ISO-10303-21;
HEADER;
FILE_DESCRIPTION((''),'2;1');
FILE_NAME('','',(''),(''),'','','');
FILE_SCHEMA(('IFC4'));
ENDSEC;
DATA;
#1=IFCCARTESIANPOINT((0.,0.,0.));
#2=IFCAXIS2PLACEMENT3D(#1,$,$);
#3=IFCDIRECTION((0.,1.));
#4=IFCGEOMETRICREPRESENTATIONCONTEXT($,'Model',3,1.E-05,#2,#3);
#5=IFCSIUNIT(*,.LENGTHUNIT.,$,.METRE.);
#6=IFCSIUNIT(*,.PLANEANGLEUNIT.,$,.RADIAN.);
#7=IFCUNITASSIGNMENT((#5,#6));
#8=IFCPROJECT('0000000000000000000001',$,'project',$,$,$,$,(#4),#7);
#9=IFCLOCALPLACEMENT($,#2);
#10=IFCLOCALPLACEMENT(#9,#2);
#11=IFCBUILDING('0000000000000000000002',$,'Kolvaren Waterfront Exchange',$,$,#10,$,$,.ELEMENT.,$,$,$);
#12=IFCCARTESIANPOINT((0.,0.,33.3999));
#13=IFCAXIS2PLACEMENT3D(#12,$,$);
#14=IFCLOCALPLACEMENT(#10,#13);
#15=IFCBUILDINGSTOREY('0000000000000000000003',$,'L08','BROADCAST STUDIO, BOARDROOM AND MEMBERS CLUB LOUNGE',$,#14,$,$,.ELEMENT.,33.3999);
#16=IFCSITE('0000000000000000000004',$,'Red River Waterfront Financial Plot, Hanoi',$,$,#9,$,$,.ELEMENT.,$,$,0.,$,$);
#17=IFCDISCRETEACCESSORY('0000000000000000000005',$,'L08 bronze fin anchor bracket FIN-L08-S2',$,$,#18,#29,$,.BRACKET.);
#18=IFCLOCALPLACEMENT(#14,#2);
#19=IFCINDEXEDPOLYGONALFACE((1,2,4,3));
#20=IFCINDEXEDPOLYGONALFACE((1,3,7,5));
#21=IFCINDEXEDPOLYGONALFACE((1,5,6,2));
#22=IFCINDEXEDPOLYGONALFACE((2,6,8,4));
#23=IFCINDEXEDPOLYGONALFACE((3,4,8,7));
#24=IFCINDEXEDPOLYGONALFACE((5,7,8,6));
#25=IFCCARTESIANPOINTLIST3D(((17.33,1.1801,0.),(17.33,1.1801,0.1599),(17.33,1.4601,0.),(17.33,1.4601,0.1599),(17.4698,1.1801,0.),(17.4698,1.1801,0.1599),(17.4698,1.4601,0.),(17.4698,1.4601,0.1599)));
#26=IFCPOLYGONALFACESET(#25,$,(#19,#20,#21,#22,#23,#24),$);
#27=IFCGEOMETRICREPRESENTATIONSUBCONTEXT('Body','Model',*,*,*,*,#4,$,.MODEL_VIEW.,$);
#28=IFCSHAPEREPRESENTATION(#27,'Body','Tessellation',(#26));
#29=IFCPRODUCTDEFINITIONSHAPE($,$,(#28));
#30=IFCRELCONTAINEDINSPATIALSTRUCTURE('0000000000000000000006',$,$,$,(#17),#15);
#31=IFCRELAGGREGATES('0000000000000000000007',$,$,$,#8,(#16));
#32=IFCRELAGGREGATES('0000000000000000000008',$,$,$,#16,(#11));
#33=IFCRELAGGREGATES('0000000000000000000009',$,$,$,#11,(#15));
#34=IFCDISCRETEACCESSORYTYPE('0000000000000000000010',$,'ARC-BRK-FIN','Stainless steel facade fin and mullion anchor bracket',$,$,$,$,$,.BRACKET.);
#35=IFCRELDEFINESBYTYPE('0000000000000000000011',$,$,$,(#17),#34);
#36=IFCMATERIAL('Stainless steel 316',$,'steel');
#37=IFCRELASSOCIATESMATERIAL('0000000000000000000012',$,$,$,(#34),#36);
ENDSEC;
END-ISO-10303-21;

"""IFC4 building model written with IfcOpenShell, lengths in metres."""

from ifc_helpers import new_model, si_unit, direction, frame, origin, origin_with_axes, origin_2d, place, context, subcontext, project, spatial, rectangle, extrude, source, transform, mapped, material, type_object, element, save


model = new_model("IFC4")

# Units and contexts
model_context = context("Model", 3, precision=1e-05, world=origin(), true_north=direction((0.0, 1.0)))
body_context = subcontext(model_context, "Body", "Model", "MODEL_VIEW")
ifc_project = project(units=[si_unit("LENGTHUNIT", "METRE"), si_unit("PLANEANGLEUNIT", "RADIAN")], contexts=[model_context])

# Site, building, storey
site_placement = place(None, origin())
site = spatial("IfcSite", under=ifc_project, at=site_placement, Name="Red River Waterfront Financial Plot, Hanoi", CompositionType="ELEMENT", RefElevation=0.0)
building_placement = place(site_placement, origin())
building = spatial("IfcBuilding", under=site, at=building_placement, Name="Kolvaren Waterfront Exchange", CompositionType="ELEMENT")
storey_placement = place(building_placement, frame((0.0, 0.0, 33.3999)))
storey = spatial("IfcBuildingStorey", under=building, at=storey_placement, Name="L08", Description="BROADCAST STUDIO, BOARDROOM AND MEMBERS CLUB LOUNGE", CompositionType="ELEMENT", Elevation=33.3999)

# Shared definitions
ifc_material_1 = material(Name="Stainless steel 316", Category="steel")

# Discrete accessory
discrete_accessory_type = type_object("IfcDiscreteAccessoryType", Name="ARC-BRK-FIN", Description="Stainless steel facade fin and mullion anchor bracket", PredefinedType="BRACKET", material=ifc_material_1)
shared_shape_1 = source(origin_with_axes(), body_context, "Body", "SweptSolid", [
    extrude(rectangle(XDim=0.28, YDim=0.1399, at=origin_2d()), origin(), (0.0, 0.0, 1.0), 0.1599),
])
for number, where, z_axis, x_axis, name in (
    (1, (17.3999, 1.3201, 0.0), (0.0, 0.0, 1.0), (0.0, -1.0, 0.0), "L08 bronze fin anchor bracket FIN-L08-S2"),
):
    element("IfcDiscreteAccessory", number, at=place(storey_placement, frame(where, z_axis=z_axis, x_axis=x_axis)), inside=storey, type_object=discrete_accessory_type, Name=name, PredefinedType="BRACKET", context=body_context, shape_type="MappedRepresentation", body=[
        mapped(shared_shape_1, transform((0.0, 0.0, 0.0), x_axis=(1.0, 0.0, 0.0), y_axis=(0.0, 1.0, 0.0), z_axis=(0.0, 0.0, 1.0), scale=1.0)),
    ])

save(model, "model.ifc")
